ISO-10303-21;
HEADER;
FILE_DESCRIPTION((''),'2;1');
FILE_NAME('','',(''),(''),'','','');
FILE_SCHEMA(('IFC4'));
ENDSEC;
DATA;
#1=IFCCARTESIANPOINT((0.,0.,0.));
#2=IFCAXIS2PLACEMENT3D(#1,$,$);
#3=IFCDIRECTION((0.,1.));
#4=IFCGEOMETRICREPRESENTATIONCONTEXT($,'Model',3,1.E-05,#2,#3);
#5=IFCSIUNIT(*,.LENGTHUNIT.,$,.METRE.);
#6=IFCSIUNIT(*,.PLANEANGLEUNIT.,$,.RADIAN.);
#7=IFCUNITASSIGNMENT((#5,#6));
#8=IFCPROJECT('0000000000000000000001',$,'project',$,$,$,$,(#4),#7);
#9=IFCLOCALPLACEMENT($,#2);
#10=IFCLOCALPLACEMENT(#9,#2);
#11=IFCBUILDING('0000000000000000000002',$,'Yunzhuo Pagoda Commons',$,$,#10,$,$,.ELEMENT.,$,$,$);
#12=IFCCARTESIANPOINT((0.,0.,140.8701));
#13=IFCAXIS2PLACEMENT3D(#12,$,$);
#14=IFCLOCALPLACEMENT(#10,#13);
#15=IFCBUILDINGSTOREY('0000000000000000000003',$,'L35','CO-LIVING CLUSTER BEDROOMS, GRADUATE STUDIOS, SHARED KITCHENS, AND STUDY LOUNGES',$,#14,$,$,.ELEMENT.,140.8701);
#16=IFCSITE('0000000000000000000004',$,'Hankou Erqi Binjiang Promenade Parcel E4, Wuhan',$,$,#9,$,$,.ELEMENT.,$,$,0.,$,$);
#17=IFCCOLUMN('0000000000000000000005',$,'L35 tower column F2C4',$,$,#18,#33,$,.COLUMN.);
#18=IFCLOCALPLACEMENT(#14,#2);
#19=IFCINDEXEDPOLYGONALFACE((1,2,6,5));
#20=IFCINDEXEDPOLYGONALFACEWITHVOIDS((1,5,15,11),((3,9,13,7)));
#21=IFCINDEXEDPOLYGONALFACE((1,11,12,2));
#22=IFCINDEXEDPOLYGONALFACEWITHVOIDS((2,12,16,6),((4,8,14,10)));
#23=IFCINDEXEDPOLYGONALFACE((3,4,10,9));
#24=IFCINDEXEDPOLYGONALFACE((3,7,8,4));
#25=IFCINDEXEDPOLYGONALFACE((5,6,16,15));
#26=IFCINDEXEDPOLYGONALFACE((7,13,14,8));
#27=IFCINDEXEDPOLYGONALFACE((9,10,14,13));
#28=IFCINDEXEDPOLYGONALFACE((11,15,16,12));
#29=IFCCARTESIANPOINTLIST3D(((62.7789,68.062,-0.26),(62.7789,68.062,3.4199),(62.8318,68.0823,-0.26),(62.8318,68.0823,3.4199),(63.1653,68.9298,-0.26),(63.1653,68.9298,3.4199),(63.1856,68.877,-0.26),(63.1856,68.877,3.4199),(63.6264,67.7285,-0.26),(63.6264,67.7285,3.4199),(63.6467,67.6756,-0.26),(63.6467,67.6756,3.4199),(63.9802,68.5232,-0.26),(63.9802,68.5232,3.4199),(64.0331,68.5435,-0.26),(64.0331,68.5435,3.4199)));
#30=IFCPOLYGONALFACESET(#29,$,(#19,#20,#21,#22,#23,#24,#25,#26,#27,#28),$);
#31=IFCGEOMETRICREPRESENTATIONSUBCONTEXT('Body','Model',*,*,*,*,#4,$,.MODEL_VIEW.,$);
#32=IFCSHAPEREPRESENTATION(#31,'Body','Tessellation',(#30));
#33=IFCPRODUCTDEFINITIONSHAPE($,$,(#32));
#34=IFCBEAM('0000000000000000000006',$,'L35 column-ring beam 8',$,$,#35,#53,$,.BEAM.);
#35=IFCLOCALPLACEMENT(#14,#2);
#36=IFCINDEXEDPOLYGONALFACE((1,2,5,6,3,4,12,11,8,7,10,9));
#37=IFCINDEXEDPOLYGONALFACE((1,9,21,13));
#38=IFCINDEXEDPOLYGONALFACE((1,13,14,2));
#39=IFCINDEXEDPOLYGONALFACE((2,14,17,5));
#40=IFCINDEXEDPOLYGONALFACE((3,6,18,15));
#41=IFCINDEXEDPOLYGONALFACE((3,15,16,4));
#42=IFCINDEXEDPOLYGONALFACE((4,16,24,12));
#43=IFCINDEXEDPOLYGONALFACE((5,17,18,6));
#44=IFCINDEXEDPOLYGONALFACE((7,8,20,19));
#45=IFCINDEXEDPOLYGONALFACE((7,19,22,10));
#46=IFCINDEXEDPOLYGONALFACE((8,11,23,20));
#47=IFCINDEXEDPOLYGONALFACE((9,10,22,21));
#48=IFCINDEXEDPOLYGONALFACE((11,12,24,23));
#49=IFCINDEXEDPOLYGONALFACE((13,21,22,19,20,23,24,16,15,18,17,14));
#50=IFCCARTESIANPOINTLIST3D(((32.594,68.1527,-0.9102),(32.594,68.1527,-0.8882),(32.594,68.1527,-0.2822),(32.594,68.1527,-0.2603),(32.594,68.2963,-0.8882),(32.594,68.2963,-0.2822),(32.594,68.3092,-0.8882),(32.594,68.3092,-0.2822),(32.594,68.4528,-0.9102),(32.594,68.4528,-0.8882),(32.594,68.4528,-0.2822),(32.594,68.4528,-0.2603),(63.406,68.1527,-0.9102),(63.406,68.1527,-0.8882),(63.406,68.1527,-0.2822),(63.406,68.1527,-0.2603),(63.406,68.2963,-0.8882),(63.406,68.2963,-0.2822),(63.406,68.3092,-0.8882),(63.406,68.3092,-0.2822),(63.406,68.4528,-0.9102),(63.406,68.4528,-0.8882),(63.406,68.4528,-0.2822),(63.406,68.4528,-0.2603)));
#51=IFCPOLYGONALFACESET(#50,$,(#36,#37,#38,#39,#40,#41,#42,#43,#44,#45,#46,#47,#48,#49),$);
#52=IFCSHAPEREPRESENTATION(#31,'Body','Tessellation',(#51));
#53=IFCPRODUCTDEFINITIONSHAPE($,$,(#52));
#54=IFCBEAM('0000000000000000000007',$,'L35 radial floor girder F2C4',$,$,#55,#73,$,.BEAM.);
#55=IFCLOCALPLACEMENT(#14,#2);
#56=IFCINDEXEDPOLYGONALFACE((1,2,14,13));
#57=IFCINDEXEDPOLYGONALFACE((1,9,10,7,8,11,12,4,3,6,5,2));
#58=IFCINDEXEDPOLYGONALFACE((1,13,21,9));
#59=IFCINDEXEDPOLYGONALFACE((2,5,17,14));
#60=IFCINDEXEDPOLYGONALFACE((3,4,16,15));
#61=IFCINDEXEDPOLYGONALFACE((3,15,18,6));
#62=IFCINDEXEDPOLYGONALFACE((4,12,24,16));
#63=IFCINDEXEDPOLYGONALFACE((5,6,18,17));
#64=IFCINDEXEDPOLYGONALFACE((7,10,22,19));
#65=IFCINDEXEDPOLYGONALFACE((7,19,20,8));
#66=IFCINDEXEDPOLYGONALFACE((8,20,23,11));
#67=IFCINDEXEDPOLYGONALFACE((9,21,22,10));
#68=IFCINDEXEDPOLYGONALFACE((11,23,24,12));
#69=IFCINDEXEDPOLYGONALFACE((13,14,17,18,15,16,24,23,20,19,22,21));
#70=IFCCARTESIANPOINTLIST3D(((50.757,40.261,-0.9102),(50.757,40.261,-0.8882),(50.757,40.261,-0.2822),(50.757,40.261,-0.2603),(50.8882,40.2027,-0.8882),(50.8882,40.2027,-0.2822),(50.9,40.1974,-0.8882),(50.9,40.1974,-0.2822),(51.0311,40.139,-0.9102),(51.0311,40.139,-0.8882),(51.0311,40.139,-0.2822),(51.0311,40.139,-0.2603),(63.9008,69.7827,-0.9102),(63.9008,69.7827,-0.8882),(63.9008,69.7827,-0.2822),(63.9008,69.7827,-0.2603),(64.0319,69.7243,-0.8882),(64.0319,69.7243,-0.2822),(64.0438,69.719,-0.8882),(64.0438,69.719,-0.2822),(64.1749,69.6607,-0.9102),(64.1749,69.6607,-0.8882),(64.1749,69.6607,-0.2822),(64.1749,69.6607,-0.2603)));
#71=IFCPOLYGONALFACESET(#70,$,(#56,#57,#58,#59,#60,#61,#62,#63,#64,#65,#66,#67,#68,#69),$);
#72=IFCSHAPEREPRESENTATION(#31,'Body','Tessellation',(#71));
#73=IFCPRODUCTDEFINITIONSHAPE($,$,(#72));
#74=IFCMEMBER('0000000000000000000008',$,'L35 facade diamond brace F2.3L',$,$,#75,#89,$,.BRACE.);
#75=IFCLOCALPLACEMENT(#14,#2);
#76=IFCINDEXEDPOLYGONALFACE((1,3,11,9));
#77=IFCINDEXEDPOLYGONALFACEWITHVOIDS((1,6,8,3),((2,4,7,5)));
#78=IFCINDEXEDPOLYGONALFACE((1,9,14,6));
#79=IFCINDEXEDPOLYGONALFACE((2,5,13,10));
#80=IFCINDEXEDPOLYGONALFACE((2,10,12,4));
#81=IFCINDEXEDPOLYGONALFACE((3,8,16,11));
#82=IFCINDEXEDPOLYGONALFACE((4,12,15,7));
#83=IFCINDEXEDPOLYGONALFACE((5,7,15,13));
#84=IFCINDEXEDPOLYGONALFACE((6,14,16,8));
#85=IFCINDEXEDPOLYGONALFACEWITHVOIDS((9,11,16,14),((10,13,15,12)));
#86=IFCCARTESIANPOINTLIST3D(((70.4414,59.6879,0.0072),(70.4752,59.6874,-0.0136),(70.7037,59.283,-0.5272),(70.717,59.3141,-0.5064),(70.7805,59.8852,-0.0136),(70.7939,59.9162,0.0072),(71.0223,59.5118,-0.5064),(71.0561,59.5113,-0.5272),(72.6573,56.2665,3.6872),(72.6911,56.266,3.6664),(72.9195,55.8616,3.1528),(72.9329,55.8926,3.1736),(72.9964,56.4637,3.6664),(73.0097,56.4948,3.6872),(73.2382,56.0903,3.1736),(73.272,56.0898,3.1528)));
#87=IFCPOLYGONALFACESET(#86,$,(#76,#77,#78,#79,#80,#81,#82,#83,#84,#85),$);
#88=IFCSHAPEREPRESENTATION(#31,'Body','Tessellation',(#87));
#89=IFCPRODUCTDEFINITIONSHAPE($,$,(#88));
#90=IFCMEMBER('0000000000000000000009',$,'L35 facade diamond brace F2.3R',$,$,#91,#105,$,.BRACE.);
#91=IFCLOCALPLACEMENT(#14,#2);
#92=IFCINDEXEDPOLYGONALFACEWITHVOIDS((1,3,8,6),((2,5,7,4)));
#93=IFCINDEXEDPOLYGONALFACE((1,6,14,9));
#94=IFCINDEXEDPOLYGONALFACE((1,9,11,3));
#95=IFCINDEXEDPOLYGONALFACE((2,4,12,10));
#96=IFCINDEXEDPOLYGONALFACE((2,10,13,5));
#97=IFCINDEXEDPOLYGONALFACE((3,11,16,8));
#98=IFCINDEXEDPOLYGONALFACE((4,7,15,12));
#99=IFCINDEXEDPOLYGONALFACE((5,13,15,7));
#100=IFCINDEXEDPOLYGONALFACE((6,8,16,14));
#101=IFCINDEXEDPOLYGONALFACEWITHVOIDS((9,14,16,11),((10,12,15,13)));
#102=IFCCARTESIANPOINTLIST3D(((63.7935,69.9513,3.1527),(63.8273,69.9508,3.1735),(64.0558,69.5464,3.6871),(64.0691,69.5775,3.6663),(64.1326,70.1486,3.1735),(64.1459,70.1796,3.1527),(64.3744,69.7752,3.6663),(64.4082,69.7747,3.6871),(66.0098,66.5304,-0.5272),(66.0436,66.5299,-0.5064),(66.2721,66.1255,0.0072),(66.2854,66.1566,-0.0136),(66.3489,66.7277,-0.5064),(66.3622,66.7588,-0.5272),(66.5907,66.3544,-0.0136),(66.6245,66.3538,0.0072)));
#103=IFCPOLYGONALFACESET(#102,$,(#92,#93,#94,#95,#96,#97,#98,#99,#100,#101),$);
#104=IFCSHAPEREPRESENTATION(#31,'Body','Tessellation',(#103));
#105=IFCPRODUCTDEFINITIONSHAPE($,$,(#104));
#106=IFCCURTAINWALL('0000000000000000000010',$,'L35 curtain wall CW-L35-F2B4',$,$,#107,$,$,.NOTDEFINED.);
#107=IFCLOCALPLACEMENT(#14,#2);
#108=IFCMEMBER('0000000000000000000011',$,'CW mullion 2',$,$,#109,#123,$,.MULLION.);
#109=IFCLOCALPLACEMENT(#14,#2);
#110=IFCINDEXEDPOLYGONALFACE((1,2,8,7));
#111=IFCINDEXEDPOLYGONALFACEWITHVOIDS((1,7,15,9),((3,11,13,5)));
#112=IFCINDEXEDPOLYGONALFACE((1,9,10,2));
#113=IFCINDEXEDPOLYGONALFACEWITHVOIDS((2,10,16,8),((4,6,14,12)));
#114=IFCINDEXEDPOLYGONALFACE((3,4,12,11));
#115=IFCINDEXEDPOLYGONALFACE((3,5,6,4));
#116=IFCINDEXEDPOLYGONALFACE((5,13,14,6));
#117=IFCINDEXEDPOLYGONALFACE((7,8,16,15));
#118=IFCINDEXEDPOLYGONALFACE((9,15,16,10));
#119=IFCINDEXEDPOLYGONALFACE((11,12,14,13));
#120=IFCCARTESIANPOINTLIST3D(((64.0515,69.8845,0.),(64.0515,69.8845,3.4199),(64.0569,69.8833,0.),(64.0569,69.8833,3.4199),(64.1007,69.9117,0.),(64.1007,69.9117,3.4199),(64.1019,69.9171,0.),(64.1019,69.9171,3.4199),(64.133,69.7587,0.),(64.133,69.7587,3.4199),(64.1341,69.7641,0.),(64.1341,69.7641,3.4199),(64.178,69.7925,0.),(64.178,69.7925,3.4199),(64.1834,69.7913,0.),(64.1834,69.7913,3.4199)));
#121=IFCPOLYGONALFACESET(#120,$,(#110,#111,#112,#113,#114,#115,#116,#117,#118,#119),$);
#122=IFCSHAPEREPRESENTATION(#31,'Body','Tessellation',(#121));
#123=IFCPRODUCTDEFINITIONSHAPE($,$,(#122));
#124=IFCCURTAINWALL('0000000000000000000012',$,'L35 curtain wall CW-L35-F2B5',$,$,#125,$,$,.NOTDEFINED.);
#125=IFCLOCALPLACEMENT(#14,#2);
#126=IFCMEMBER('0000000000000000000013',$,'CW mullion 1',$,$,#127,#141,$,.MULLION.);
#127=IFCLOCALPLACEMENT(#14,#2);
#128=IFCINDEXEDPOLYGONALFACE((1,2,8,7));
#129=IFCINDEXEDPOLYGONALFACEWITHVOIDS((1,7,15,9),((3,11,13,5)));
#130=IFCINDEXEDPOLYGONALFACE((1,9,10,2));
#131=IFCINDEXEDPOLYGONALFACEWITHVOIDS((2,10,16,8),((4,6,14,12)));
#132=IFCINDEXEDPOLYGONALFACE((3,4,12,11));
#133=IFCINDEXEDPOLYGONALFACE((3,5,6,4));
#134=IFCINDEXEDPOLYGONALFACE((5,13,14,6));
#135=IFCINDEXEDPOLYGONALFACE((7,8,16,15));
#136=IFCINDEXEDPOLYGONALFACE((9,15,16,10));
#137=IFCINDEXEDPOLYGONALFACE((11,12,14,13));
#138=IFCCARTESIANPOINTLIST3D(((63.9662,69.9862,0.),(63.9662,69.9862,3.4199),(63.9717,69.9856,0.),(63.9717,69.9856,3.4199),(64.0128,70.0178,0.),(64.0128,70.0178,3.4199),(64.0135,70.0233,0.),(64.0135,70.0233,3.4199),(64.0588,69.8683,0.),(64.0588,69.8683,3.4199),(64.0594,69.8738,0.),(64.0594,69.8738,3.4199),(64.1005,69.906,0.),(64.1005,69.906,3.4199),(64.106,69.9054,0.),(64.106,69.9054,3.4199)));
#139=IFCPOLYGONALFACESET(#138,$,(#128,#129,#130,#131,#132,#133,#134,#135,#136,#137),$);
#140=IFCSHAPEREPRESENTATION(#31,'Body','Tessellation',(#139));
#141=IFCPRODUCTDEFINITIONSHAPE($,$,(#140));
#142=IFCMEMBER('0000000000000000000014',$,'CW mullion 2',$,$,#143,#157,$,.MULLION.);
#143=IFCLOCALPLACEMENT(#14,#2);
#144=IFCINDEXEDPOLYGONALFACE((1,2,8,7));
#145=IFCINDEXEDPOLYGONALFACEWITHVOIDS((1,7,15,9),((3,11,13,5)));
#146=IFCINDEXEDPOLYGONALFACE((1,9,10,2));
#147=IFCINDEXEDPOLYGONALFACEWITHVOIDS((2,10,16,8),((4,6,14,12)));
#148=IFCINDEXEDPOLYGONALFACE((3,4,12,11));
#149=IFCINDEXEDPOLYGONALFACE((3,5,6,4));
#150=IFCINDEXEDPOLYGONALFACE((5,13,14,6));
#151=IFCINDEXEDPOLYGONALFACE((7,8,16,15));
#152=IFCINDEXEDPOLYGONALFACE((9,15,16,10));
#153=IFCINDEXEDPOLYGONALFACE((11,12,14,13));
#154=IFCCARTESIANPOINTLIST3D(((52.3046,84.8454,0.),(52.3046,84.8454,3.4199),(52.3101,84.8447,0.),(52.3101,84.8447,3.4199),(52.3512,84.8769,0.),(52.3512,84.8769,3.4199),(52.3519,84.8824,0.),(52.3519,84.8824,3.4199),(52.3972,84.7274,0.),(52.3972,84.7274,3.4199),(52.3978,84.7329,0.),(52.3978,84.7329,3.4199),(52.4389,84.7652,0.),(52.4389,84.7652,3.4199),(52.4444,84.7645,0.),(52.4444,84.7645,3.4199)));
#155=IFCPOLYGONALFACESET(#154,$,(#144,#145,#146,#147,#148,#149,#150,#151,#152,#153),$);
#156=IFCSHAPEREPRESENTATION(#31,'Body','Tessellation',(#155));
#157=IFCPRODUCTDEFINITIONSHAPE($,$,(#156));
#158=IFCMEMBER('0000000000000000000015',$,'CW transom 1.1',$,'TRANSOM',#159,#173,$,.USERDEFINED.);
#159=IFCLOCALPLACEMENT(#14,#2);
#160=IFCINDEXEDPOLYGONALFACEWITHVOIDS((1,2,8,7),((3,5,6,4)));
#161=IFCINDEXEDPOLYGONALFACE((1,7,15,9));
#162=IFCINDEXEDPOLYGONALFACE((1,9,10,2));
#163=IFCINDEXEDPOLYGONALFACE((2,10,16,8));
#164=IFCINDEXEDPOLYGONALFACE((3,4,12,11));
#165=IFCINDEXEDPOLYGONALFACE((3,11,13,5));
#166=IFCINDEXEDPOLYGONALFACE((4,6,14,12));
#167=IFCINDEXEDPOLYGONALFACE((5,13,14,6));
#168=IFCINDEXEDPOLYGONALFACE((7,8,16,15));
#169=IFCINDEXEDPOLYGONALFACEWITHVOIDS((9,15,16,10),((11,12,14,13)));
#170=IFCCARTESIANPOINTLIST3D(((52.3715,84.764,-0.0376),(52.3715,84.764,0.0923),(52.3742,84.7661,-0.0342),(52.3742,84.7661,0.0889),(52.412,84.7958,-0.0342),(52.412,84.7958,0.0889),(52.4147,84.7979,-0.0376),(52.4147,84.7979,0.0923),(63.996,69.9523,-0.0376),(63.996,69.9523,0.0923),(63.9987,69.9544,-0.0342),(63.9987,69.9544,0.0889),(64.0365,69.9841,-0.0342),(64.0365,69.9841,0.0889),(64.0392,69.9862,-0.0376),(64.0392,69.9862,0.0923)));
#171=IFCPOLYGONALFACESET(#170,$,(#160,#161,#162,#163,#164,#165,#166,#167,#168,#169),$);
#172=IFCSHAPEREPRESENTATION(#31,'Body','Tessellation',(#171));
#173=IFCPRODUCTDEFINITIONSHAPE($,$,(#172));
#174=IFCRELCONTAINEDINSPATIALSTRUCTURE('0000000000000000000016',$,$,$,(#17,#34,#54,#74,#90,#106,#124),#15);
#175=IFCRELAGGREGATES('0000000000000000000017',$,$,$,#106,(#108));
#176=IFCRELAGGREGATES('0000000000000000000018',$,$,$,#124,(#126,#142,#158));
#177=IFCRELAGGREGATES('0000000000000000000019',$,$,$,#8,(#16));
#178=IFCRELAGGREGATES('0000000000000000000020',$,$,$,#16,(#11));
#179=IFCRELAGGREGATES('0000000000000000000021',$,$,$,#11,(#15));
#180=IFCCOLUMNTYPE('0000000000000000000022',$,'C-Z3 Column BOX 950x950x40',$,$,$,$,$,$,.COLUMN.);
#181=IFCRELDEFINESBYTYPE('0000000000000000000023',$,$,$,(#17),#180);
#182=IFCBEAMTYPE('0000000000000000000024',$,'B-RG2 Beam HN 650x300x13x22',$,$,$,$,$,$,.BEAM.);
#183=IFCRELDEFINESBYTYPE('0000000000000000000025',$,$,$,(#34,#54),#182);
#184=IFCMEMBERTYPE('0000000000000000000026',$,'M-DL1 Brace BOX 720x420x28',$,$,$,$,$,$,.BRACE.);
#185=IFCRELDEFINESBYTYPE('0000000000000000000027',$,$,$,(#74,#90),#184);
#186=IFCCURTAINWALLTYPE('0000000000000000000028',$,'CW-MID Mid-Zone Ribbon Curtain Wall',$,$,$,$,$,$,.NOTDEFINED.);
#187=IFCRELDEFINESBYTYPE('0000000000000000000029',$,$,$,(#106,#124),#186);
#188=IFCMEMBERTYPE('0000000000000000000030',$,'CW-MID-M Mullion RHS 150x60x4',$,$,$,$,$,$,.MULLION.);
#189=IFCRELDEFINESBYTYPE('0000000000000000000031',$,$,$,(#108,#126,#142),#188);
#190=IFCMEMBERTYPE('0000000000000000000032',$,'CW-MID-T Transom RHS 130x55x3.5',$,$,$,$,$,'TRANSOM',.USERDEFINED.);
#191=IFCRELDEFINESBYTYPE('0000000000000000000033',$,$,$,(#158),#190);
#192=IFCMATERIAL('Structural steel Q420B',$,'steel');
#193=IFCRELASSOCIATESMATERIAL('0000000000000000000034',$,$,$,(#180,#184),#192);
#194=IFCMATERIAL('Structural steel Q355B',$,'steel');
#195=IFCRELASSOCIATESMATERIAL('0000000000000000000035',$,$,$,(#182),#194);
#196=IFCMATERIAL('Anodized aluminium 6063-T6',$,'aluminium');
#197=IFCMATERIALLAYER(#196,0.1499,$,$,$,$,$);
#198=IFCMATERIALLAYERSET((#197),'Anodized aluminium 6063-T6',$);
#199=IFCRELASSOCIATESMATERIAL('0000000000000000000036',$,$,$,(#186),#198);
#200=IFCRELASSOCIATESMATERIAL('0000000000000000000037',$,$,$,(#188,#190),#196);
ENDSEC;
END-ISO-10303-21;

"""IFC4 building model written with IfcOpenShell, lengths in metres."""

from ifc_helpers import new_model, si_unit, direction, frame, origin, origin_2d, place, context, subcontext, project, spatial, hollow_rectangle, i_section, extrude, source, transform, mapped, material, layer, layer_set, material_profile, profile_set, type_object, element, aggregate, save


model = new_model("IFC4")

# Units and contexts
model_context = context("Model", 3, precision=1e-05, world=origin(), true_north=direction((0.0, 1.0)))
body_context = subcontext(model_context, "Body", "Model", "MODEL_VIEW")
ifc_project = project(units=[si_unit("LENGTHUNIT", "METRE"), si_unit("PLANEANGLEUNIT", "RADIAN")], contexts=[model_context])

# Site, building, storey
site_placement = place(None, origin())
site = spatial("IfcSite", under=ifc_project, at=site_placement, Name="Hankou Erqi Binjiang Promenade Parcel E4, Wuhan", CompositionType="ELEMENT", RefElevation=0.0)
building_placement = place(site_placement, origin())
building = spatial("IfcBuilding", under=site, at=building_placement, Name="Yunzhuo Pagoda Commons", CompositionType="ELEMENT")
storey_placement = place(building_placement, frame((0.0, 0.0, 140.8701)))
storey = spatial("IfcBuildingStorey", under=building, at=storey_placement, Name="L35", Description="CO-LIVING CLUSTER BEDROOMS, GRADUATE STUDIOS, SHARED KITCHENS, AND STUDY LOUNGES", CompositionType="ELEMENT", Elevation=140.8701)

# Column
ifc_material_1 = material(Name="Structural steel Q420B", Category="steel")
ifc_material_profile_1 = material_profile(ifc_material_1, hollow_rectangle(XDim=0.95, YDim=0.95, WallThickness=0.04, at=origin_2d()), Name="Structural steel Q420B")
ifc_profile_set_1 = profile_set([ifc_material_profile_1], Name="Structural steel Q420B")
column_type = type_object("IfcColumnType", Name="C-Z3 Column BOX 950x950x40", PredefinedType="COLUMN", material=ifc_profile_set_1)
shared_shape_1 = source(origin(), body_context, "Body", "SweptSolid", [
    extrude(hollow_rectangle(XDim=0.95, YDim=0.95, WallThickness=0.04, at=origin_2d()), origin(), (0.0, 0.0, 1.0), 3.6799),
])
column_placement = place(storey_placement, frame((63.406, 68.3027, -0.26), z_axis=(0.0, 0.0, 1.0), x_axis=(-0.913545, 0.406737, 0.0)))
element("IfcColumn", 1, at=column_placement, inside=storey, type_object=column_type, Name="L35 tower column F2C4", PredefinedType="COLUMN", context=body_context, shape_type="MappedRepresentation", body=[
    mapped(shared_shape_1, transform((0.0, 0.0, 0.0), scale=1.0)),
])

# Beams
ifc_material_2 = material(Name="Structural steel Q355B", Category="steel")
ifc_material_profile_2 = material_profile(ifc_material_2, i_section(OverallWidth=0.3, OverallDepth=0.6499, WebThickness=0.0129, FlangeThickness=0.022, at=origin_2d()), Name="Structural steel Q355B")
ifc_profile_set_2 = profile_set([ifc_material_profile_2], Name="Structural steel Q355B")
beam_type = type_object("IfcBeamType", Name="B-RG2 Beam HN 650x300x13x22", PredefinedType="BEAM", material=ifc_profile_set_2)
shared_shape_2 = source(origin(), body_context, "Body", "SweptSolid", [
    extrude(i_section(OverallWidth=0.3, OverallDepth=0.6499, WebThickness=0.0129, FlangeThickness=0.022, at=origin_2d()), origin(), (0.0, 0.0, 1.0), 30.812),
])
beam_1_placement = place(storey_placement, frame((63.406, 68.3027, -0.5852), z_axis=(-1.0, 0.0, 0.0), x_axis=(0.0, -1.0, 0.0)))
element("IfcBeam", 2, at=beam_1_placement, inside=storey, type_object=beam_type, Name="L35 column-ring beam 8", PredefinedType="BEAM", context=body_context, shape_type="MappedRepresentation", body=[
    mapped(shared_shape_2, transform((0.0, 0.0, 0.0), scale=1.0)),
])
shared_shape_3 = source(origin(), body_context, "Body", "SweptSolid", [
    extrude(i_section(OverallWidth=0.3, OverallDepth=0.6499, WebThickness=0.0129, FlangeThickness=0.022, at=origin_2d()), origin(), (0.0, 0.0, 1.0), 32.3154),
])
beam_2_placement = place(storey_placement, frame((64.0378, 69.7217, -0.5852), z_axis=(-0.406734, -0.913547, 0.0), x_axis=(0.913547, -0.406734, 0.0)))
element("IfcBeam", 3, at=beam_2_placement, inside=storey, type_object=beam_type, Name="L35 radial floor girder F2C4", PredefinedType="BEAM", context=body_context, shape_type="MappedRepresentation", body=[
    mapped(shared_shape_3, transform((0.0, 0.0, 0.0), scale=1.0)),
])

# Members
ifc_material_profile_3 = material_profile(ifc_material_1, hollow_rectangle(XDim=0.4199, YDim=0.72, WallThickness=0.0281, at=origin_2d()), Name="Structural steel Q420B")
ifc_profile_set_3 = profile_set([ifc_material_profile_3], Name="Structural steel Q420B")
member_type_1 = type_object("IfcMemberType", Name="M-DL1 Brace BOX 720x420x28", PredefinedType="BRACE", material=ifc_profile_set_3)
shared_shape_4 = source(origin(), body_context, "Body", "SweptSolid", [
    extrude(hollow_rectangle(XDim=0.4199, YDim=0.72, WallThickness=0.0281, at=origin_2d()), origin(), (0.0, 0.0, 1.0), 5.4917),
])
member_1_placement = place(storey_placement, frame((70.7488, 59.5996, -0.26), z_axis=(0.403493, -0.623022, 0.670102), x_axis=(0.839348, 0.543594, 0.0)))
element("IfcMember", 4, at=member_1_placement, inside=storey, type_object=member_type_1, Name="L35 facade diamond brace F2.3L", PredefinedType="BRACE", context=body_context, shape_type="MappedRepresentation", body=[
    mapped(shared_shape_4, transform((0.0, 0.0, 0.0), scale=1.0)),
])
shared_shape_5 = source(origin(), body_context, "Body", "SweptSolid", [
    extrude(hollow_rectangle(XDim=0.4199, YDim=0.72, WallThickness=0.0281, at=origin_2d()), origin(), (0.0, 0.0, 1.0), 5.4915),
])
member_2_placement = place(storey_placement, frame((66.3171, 66.4421, -0.26), z_axis=(-0.40359, 0.622945, 0.670115), x_axis=(-0.839258, -0.543733, 0.0)))
element("IfcMember", 5, at=member_2_placement, inside=storey, type_object=member_type_1, Name="L35 facade diamond brace F2.3R", PredefinedType="BRACE", context=body_context, shape_type="MappedRepresentation", body=[
    mapped(shared_shape_5, transform((0.0, 0.0, 0.0), scale=1.0)),
])

# Curtain wall, member
ifc_material_3 = material(Name="Anodized aluminium 6063-T6", Category="aluminium")
ifc_layer_1 = layer(ifc_material_3, 0.1499)
ifc_layer_set_1 = layer_set([ifc_layer_1], Name="Anodized aluminium 6063-T6")
curtain_wall_type = type_object("IfcCurtainWallType", Name="CW-MID Mid-Zone Ribbon Curtain Wall", PredefinedType="NOTDEFINED", material=ifc_layer_set_1)
curtain_wall_1_placement = place(storey_placement, origin())
curtain_wall_1 = element("IfcCurtainWall", 6, at=curtain_wall_1_placement, inside=storey, type_object=curtain_wall_type, Name="L35 curtain wall CW-L35-F2B4", PredefinedType="NOTDEFINED")
ifc_material_profile_4 = material_profile(ifc_material_3, hollow_rectangle(XDim=0.0601, YDim=0.1499, WallThickness=0.0039, at=origin_2d()), Name="Anodized aluminium 6063-T6")
ifc_profile_set_4 = profile_set([ifc_material_profile_4], Name="Anodized aluminium 6063-T6")
member_type_2 = type_object("IfcMemberType", Name="CW-MID-M Mullion RHS 150x60x4", PredefinedType="MULLION", material=ifc_profile_set_4)
shared_shape_6 = source(origin(), body_context, "Body", "SweptSolid", [
    extrude(hollow_rectangle(XDim=0.0601, YDim=0.1499, WallThickness=0.0039, at=origin_2d()), origin(), (0.0, 0.0, 1.0), 3.4199),
])
member_3_placement = place(storey_placement, frame((64.1174, 69.8379, 0.0), z_axis=(0.0, 0.0, 1.0), x_axis=(-0.83932, -0.543637, 0.0)))
member_3 = element("IfcMember", 7, at=member_3_placement, type_object=member_type_2, Name="CW mullion 2", PredefinedType="MULLION", context=body_context, shape_type="MappedRepresentation", body=[
    mapped(shared_shape_6, transform((0.0, 0.0, 0.0), scale=1.0)),
])

# Curtain wall, members
curtain_wall_2_placement = place(storey_placement, origin())
curtain_wall_2 = element("IfcCurtainWall", 8, at=curtain_wall_2_placement, inside=storey, type_object=curtain_wall_type, Name="L35 curtain wall CW-L35-F2B5", PredefinedType="NOTDEFINED")
member_4_placement = place(storey_placement, frame((64.0361, 69.9458, 0.0), z_axis=(0.0, 0.0, 1.0), x_axis=(-0.786665, -0.61738, 0.0)))
member_4 = element("IfcMember", 9, at=member_4_placement, type_object=member_type_2, Name="CW mullion 1", PredefinedType="MULLION", context=body_context, shape_type="MappedRepresentation", body=[
    mapped(shared_shape_6, transform((0.0, 0.0, 0.0), scale=1.0)),
])
member_5_placement = place(storey_placement, frame((52.3745, 84.8049, 0.0), z_axis=(0.0, 0.0, 1.0), x_axis=(-0.786665, -0.61738, 0.0)))
member_5 = element("IfcMember", 10, at=member_5_placement, type_object=member_type_2, Name="CW mullion 2", PredefinedType="MULLION", context=body_context, shape_type="MappedRepresentation", body=[
    mapped(shared_shape_6, transform((0.0, 0.0, 0.0), scale=1.0)),
])
ifc_material_profile_5 = material_profile(ifc_material_3, hollow_rectangle(XDim=0.0549, YDim=0.1299, WallThickness=0.0034, at=origin_2d()), Name="Anodized aluminium 6063-T6")
ifc_profile_set_5 = profile_set([ifc_material_profile_5], Name="Anodized aluminium 6063-T6")
member_type_3 = type_object("IfcMemberType", Name="CW-MID-T Transom RHS 130x55x3.5", ElementType="TRANSOM", PredefinedType="USERDEFINED", material=ifc_profile_set_5)
shared_shape_7 = source(origin(), body_context, "Body", "SweptSolid", [
    extrude(hollow_rectangle(XDim=0.0549, YDim=0.1299, WallThickness=0.0034, at=origin_2d()), origin(), (0.0, 0.0, 1.0), 18.8286),
])
member_6_placement = place(storey_placement, frame((64.0176, 69.9692, 0.0273), z_axis=(-0.617385, 0.786662, 0.0), x_axis=(-0.786662, -0.617385, 0.0)))
member_6 = element("IfcMember", 11, at=member_6_placement, type_object=member_type_3, Name="CW transom 1.1", ObjectType="TRANSOM", PredefinedType="USERDEFINED", context=body_context, shape_type="MappedRepresentation", body=[
    mapped(shared_shape_7, transform((0.0, 0.0, 0.0), scale=1.0)),
])

aggregate(curtain_wall_1, [member_3])
aggregate(curtain_wall_2, [member_4, member_5, member_6])

save(model, "model.ifc")
